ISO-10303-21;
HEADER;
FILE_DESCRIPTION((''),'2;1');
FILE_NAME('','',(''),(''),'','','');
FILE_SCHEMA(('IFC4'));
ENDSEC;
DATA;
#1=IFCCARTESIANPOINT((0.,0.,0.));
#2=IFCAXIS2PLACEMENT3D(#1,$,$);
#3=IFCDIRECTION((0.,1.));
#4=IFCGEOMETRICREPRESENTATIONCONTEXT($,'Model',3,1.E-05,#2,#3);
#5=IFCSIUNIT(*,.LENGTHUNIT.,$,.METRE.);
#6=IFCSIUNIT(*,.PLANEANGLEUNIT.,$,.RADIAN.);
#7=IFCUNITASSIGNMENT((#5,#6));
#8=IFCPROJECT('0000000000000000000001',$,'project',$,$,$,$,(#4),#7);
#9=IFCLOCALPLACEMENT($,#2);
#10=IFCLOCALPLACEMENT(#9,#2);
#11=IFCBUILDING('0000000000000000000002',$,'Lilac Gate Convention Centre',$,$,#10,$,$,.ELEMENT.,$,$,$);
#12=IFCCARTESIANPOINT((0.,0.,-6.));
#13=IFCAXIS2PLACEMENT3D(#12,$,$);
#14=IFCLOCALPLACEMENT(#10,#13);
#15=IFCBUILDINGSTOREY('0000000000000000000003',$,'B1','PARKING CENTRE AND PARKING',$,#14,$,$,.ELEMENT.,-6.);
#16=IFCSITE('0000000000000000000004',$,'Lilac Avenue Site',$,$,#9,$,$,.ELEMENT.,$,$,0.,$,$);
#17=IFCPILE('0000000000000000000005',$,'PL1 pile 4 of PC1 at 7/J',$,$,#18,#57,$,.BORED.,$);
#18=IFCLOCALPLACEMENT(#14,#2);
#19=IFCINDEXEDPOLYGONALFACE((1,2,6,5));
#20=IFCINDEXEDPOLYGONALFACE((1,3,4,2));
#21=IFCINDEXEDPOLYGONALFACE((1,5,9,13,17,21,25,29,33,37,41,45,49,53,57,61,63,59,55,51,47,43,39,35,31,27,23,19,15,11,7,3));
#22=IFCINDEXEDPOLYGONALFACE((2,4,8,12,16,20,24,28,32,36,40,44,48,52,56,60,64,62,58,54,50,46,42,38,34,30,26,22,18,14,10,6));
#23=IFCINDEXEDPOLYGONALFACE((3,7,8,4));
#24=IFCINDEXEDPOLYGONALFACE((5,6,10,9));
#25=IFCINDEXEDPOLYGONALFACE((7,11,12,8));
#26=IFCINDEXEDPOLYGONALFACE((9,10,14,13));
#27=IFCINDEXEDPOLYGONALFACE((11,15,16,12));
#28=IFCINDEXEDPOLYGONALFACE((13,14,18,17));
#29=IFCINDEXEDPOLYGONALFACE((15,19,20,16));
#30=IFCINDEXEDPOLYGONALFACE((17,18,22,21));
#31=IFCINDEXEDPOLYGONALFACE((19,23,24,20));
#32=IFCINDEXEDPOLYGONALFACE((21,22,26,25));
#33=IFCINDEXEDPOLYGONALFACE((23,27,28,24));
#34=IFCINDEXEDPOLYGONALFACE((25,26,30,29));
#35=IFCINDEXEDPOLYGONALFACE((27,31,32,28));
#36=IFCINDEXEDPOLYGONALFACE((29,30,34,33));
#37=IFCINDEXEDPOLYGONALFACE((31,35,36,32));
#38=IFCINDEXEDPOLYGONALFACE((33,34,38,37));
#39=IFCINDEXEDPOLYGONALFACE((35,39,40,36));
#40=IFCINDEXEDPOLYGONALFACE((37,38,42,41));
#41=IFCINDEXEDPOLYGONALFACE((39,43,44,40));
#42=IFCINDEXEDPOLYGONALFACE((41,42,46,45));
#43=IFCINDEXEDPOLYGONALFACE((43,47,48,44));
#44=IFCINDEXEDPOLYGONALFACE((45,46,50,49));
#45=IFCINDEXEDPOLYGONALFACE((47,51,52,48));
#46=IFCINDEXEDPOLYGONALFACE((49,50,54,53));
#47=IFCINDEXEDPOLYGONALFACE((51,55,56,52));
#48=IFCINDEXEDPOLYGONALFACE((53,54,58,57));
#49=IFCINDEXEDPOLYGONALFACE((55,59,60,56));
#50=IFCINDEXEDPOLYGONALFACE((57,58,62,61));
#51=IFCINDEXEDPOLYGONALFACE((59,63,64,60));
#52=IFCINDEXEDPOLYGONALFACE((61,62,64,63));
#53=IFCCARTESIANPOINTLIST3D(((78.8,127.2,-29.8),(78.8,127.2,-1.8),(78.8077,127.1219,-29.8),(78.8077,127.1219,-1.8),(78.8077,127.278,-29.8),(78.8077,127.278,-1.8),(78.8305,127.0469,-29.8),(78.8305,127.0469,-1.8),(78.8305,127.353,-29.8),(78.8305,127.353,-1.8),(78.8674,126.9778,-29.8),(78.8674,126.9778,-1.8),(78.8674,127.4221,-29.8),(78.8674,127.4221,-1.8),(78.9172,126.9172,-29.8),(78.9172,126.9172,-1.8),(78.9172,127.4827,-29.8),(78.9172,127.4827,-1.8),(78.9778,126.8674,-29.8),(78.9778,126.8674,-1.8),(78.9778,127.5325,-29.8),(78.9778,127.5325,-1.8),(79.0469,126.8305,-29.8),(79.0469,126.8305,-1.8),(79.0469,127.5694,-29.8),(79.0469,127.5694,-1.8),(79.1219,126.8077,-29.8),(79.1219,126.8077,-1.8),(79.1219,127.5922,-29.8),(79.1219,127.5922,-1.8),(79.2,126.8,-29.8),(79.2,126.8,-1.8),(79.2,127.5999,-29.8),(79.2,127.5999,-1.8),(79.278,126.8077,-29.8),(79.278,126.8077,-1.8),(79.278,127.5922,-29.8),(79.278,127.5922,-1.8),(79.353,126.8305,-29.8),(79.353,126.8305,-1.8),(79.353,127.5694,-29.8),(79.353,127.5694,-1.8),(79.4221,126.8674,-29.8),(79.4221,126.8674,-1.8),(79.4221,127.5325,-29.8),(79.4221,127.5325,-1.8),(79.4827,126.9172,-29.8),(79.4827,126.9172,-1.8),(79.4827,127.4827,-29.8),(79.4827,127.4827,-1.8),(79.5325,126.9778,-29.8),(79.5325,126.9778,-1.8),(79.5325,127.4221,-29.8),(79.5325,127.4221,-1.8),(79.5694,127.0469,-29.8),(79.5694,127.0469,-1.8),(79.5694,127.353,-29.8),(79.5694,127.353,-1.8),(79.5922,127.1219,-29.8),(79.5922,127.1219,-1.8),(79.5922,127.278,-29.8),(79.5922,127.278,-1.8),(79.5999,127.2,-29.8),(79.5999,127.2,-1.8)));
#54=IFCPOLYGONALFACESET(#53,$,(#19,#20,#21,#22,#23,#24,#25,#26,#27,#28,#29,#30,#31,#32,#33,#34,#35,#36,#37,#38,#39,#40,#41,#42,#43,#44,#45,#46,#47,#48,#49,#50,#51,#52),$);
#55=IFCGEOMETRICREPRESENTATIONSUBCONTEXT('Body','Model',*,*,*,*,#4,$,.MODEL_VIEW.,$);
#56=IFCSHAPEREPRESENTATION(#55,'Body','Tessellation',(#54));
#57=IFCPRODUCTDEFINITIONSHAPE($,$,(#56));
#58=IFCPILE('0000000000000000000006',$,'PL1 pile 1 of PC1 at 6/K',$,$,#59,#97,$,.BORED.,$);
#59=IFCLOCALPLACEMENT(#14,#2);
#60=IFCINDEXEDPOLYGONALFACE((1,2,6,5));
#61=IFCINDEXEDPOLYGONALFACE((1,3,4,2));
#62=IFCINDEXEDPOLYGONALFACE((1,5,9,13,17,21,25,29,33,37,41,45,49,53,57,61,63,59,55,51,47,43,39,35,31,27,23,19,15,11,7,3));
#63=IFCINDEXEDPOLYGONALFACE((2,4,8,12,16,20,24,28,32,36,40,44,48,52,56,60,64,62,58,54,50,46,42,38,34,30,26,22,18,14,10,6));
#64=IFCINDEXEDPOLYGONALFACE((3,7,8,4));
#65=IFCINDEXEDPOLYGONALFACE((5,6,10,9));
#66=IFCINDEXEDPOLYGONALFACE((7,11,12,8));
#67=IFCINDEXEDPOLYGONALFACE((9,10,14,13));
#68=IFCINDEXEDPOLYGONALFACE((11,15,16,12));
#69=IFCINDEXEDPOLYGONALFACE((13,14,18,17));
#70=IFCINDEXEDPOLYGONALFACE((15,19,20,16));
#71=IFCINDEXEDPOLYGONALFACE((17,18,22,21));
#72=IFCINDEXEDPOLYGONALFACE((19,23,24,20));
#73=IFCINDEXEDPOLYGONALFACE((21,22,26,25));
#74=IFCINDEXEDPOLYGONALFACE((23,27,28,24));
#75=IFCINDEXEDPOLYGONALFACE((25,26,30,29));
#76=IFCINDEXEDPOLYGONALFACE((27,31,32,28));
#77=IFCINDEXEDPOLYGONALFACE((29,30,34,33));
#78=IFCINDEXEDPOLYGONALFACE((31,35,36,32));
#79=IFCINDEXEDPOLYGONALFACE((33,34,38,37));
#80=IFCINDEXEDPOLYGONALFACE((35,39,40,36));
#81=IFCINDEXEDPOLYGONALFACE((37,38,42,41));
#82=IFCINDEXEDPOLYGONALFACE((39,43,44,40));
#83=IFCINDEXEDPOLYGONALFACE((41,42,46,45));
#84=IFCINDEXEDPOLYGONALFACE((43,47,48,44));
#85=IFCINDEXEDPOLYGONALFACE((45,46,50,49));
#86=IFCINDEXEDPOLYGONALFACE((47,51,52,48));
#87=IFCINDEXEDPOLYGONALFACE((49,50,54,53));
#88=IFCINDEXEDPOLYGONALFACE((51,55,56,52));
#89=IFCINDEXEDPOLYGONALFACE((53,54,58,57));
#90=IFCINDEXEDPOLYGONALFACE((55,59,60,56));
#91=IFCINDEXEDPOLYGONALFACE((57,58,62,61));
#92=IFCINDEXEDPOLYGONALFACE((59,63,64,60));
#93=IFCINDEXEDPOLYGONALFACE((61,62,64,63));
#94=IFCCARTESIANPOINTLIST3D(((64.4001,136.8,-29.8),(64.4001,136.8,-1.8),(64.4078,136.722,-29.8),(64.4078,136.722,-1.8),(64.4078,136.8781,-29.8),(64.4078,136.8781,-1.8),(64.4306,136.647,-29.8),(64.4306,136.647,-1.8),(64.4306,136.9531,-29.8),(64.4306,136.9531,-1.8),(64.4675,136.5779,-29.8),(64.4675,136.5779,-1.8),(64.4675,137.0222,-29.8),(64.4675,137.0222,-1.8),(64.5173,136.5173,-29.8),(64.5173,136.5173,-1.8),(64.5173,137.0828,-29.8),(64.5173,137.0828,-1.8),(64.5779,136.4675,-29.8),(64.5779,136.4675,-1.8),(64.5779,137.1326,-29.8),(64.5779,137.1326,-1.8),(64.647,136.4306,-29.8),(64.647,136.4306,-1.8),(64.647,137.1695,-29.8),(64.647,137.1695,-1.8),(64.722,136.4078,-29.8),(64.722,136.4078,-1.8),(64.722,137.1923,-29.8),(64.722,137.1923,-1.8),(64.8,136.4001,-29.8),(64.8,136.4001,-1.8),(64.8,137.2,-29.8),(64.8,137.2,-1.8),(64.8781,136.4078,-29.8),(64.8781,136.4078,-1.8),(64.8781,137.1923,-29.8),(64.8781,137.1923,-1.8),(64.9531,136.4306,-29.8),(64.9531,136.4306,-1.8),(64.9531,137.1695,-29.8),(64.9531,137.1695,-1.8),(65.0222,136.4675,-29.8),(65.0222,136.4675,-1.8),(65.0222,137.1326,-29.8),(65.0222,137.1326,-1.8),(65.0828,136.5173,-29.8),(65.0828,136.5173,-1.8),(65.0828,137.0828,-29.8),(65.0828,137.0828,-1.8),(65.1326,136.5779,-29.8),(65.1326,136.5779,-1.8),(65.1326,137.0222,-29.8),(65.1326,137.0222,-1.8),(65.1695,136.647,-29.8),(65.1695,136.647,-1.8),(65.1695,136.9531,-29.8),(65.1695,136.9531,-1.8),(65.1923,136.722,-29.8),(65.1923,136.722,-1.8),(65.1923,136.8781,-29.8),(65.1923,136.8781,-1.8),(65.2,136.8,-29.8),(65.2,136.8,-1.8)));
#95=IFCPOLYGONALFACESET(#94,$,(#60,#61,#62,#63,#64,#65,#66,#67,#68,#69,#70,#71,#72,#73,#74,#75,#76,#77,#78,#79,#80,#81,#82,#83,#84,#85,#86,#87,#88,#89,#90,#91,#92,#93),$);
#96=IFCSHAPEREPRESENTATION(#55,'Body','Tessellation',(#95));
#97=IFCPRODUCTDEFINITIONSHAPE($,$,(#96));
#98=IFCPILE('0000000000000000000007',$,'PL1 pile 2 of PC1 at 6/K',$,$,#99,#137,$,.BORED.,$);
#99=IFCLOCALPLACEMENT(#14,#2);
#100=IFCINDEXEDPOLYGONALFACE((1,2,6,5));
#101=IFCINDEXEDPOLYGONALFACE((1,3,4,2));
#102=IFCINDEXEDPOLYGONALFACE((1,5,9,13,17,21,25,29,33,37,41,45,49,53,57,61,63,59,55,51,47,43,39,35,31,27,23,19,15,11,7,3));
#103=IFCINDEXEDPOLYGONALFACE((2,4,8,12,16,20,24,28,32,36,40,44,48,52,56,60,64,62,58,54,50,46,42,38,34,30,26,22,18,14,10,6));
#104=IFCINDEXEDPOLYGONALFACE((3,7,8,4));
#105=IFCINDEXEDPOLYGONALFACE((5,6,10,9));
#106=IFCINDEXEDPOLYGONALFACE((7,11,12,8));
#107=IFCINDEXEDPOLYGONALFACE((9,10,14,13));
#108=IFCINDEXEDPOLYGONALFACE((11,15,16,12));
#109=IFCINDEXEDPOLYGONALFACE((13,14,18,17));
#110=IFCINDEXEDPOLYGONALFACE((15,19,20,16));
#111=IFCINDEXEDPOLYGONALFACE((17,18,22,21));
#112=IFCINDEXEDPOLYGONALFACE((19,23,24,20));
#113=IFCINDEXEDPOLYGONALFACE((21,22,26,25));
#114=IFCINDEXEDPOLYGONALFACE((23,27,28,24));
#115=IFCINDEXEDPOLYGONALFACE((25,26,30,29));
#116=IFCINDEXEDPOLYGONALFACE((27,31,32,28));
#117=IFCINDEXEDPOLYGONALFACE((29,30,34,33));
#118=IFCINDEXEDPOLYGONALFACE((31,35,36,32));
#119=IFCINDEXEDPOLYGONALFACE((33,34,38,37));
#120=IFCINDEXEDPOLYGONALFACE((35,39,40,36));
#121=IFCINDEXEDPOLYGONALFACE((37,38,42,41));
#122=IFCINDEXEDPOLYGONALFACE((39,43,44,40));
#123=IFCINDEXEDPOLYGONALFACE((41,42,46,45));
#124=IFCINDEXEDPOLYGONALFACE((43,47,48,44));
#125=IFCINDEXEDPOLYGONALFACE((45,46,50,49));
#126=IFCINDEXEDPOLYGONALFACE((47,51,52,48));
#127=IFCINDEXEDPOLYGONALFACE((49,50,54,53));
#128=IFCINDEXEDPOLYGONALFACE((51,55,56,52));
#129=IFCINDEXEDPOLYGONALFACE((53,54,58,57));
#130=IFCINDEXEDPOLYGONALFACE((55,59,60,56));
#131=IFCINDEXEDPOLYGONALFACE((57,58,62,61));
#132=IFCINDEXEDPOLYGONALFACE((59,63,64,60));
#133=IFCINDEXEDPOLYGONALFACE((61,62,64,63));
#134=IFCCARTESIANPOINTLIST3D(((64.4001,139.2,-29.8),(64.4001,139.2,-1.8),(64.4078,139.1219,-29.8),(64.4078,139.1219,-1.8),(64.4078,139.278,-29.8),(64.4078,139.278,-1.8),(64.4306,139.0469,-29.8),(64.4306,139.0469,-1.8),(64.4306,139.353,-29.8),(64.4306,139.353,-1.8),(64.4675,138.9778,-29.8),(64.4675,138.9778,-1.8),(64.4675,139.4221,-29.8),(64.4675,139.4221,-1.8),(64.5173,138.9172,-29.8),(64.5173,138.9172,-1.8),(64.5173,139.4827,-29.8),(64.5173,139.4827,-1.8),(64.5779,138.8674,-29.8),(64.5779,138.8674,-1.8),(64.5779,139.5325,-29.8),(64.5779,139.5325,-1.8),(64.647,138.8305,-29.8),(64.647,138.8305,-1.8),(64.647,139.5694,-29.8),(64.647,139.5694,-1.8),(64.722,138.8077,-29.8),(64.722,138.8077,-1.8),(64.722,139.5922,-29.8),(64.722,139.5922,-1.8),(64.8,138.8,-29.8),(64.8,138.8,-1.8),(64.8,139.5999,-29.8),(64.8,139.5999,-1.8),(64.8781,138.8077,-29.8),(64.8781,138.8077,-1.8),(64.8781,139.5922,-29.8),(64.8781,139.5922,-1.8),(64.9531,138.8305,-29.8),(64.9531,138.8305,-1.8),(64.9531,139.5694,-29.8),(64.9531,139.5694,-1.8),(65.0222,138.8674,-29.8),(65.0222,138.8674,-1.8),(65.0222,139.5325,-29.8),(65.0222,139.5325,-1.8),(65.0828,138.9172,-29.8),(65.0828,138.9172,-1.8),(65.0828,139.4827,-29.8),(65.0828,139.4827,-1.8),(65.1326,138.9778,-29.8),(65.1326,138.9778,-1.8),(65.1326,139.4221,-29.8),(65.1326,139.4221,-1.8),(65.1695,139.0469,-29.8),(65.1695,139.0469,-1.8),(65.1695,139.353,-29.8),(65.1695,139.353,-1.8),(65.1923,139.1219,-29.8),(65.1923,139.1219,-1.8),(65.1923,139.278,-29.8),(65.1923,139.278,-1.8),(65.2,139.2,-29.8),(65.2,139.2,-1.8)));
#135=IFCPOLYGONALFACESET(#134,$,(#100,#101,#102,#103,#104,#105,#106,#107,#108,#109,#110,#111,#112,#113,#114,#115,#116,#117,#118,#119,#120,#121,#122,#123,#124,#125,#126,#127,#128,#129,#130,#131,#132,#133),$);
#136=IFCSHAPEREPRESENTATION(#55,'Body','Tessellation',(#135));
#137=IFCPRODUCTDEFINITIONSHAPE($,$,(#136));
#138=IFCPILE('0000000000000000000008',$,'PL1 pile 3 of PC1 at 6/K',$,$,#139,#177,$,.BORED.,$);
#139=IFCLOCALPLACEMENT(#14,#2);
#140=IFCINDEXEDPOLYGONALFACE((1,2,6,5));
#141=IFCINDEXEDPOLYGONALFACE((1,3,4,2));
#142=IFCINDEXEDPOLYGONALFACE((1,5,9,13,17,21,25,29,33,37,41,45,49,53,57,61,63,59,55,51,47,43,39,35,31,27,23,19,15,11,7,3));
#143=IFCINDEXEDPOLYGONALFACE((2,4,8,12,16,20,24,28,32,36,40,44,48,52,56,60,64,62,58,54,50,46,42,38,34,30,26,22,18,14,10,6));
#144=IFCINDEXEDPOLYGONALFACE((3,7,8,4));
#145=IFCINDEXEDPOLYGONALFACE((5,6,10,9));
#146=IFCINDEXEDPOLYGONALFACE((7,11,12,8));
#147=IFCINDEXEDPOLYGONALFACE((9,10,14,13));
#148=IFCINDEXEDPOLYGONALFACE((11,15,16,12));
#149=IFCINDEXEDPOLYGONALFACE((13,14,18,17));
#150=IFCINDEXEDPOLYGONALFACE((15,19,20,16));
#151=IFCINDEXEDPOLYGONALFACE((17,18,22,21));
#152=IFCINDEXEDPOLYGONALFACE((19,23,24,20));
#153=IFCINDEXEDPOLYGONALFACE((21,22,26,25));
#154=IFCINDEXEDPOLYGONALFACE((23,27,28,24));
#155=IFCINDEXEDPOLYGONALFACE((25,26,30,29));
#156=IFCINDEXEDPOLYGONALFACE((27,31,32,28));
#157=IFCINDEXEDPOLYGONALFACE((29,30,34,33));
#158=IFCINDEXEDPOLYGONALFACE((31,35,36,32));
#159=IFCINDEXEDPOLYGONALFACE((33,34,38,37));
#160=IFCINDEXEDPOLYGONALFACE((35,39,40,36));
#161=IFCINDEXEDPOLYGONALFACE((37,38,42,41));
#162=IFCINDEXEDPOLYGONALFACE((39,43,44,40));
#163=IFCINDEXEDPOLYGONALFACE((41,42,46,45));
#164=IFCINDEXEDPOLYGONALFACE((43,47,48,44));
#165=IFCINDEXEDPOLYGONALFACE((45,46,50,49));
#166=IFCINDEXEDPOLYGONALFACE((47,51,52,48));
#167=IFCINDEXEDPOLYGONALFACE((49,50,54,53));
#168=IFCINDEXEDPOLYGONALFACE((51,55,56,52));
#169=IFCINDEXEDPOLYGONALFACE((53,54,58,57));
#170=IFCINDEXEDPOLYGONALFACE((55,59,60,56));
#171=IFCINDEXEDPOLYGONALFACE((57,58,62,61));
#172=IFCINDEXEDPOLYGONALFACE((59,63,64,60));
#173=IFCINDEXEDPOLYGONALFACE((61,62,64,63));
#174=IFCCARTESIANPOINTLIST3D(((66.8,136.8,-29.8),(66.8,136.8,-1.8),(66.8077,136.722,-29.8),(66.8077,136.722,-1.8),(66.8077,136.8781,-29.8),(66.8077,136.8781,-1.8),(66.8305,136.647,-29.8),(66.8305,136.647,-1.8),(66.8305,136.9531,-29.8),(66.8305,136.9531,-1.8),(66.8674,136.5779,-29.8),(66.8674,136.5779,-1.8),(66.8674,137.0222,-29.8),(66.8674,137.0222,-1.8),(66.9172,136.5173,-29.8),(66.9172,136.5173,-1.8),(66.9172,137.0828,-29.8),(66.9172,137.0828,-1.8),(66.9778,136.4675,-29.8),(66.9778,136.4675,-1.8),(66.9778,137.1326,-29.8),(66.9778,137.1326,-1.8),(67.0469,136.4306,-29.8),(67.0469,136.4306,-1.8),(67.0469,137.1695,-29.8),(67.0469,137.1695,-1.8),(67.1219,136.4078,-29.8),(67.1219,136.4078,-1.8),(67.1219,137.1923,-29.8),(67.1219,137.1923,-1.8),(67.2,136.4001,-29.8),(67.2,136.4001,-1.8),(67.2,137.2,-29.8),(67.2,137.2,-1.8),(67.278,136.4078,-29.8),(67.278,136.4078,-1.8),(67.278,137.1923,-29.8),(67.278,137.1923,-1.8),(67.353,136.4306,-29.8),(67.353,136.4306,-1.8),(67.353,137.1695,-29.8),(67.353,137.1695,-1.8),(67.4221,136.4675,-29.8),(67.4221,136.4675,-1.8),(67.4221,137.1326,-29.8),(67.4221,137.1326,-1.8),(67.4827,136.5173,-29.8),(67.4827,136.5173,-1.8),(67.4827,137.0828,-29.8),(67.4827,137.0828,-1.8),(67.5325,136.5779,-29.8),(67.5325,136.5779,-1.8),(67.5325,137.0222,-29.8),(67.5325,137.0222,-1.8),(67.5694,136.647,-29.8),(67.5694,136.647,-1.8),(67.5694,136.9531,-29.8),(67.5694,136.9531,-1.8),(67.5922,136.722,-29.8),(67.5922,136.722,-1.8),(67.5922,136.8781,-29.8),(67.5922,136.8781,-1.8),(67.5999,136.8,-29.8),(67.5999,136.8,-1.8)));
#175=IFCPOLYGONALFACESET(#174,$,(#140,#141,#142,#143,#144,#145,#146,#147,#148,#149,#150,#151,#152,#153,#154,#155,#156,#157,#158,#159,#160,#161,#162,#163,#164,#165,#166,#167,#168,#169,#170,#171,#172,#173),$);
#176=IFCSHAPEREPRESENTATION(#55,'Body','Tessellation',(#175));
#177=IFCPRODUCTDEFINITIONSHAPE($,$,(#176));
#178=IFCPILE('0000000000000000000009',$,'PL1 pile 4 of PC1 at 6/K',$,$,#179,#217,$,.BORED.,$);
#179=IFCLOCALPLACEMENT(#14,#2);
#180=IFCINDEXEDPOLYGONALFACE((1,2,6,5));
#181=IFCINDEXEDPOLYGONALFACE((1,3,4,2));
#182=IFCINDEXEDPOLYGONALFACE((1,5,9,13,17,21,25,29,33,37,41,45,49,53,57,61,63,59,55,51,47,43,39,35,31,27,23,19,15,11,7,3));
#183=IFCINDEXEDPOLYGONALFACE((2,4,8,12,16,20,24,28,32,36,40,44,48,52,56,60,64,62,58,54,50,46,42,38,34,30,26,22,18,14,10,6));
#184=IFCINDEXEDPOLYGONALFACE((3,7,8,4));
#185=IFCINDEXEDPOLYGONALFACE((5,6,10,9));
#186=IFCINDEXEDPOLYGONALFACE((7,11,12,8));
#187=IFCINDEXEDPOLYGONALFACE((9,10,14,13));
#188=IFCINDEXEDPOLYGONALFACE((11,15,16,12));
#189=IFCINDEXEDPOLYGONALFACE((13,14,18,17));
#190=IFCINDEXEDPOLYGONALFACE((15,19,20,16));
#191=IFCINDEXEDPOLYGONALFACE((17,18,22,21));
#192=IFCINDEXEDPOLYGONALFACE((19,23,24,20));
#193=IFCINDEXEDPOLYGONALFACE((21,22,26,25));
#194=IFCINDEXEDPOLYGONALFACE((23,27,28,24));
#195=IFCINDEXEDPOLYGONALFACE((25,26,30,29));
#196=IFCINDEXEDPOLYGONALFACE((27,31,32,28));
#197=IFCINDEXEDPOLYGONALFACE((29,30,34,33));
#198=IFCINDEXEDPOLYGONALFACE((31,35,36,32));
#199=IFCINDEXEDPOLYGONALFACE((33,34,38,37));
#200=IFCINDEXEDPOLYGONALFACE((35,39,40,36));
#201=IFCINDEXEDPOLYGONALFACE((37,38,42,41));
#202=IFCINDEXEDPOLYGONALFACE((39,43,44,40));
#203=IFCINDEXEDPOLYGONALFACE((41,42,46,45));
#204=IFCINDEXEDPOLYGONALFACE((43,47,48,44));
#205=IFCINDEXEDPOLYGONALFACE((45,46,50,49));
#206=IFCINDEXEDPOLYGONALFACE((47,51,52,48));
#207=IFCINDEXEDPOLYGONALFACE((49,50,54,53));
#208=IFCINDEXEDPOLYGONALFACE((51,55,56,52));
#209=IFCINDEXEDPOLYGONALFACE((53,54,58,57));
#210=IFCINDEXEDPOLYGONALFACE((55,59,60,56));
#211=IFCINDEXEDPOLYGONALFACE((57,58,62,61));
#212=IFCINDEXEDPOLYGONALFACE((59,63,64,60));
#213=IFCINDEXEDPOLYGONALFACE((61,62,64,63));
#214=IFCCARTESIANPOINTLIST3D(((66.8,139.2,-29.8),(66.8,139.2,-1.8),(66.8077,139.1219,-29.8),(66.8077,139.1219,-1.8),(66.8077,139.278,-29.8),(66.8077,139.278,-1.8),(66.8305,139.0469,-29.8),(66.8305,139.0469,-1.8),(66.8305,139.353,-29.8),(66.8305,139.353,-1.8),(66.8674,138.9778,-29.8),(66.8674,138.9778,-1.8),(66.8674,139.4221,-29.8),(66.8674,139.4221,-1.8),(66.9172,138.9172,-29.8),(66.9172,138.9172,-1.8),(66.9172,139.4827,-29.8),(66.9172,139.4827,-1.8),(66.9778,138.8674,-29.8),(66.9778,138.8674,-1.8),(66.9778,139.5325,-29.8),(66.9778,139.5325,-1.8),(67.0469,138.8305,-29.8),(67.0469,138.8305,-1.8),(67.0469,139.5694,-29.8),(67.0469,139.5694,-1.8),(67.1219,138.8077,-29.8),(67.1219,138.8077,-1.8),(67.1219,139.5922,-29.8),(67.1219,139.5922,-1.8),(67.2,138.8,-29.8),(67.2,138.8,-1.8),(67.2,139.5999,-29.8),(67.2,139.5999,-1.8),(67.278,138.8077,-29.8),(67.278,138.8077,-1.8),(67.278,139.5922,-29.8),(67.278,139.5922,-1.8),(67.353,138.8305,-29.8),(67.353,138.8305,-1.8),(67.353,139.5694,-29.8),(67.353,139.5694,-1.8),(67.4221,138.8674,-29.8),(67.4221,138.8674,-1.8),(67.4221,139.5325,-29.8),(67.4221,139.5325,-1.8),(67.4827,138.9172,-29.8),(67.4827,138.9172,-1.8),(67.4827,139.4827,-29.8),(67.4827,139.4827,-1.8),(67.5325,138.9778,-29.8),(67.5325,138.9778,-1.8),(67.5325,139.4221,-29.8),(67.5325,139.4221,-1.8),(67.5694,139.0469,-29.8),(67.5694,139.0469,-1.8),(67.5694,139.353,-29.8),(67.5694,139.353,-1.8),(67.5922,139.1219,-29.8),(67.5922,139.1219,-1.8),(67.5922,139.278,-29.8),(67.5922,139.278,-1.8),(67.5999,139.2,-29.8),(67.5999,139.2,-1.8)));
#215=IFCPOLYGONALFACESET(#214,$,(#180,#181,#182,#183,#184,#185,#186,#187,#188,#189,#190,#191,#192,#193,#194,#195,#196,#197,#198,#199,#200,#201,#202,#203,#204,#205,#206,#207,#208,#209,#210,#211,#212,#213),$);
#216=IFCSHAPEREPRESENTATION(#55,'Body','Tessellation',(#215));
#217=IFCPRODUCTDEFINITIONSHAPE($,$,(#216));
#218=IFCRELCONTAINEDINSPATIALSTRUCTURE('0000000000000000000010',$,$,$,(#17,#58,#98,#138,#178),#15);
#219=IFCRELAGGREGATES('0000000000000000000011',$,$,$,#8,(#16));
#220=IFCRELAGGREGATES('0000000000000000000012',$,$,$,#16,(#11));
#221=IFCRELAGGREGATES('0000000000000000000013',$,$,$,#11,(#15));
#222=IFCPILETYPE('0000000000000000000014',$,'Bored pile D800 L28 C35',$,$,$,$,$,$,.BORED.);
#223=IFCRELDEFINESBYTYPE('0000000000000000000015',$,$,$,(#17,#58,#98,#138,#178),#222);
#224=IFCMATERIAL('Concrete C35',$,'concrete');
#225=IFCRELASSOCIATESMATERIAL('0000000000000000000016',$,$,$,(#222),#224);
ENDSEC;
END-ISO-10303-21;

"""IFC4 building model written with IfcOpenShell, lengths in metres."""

from ifc_helpers import new_model, si_unit, direction, frame, origin, origin_2d, place, context, subcontext, project, spatial, circle, extrude, material, material_profile, profile_set, type_object, element, save


model = new_model("IFC4")

# Units and contexts
model_context = context("Model", 3, precision=1e-05, world=origin(), true_north=direction((0.0, 1.0)))
body_context = subcontext(model_context, "Body", "Model", "MODEL_VIEW")
ifc_project = project(units=[si_unit("LENGTHUNIT", "METRE"), si_unit("PLANEANGLEUNIT", "RADIAN")], contexts=[model_context])

# Site, building, storey
site_placement = place(None, origin())
site = spatial("IfcSite", under=ifc_project, at=site_placement, Name="Lilac Avenue Site", CompositionType="ELEMENT", RefElevation=0.0)
building_placement = place(site_placement, origin())
building = spatial("IfcBuilding", under=site, at=building_placement, Name="Lilac Gate Convention Centre", CompositionType="ELEMENT")
storey_placement = place(building_placement, frame((0.0, 0.0, -6.0)))
storey = spatial("IfcBuildingStorey", under=building, at=storey_placement, Name="B1", Description="PARKING CENTRE AND PARKING", CompositionType="ELEMENT", Elevation=-6.0)

# Piles
ifc_material_1 = material(Name="Concrete C35", Category="concrete")
ifc_material_profile_1 = material_profile(ifc_material_1, circle(Radius=0.3999, at=origin_2d()), Name="D800")
ifc_profile_set_1 = profile_set([ifc_material_profile_1], Name="Concrete C35")
pile_type = type_object("IfcPileType", Name="Bored pile D800 L28 C35", PredefinedType="BORED", material=ifc_profile_set_1)
for number, where, z_axis, x_axis, name in (
    (1, (79.2, 127.2, -1.8), (0.0, 0.0, -1.0), (1.0, 0.0, 0.0), "PL1 pile 4 of PC1 at 7/J"),
    (2, (64.8, 136.8, -1.8), (0.0, 0.0, -1.0), (1.0, 0.0, 0.0), "PL1 pile 1 of PC1 at 6/K"),
    (3, (64.8, 139.2, -1.8), (0.0, 0.0, -1.0), (1.0, 0.0, 0.0), "PL1 pile 2 of PC1 at 6/K"),
    (4, (67.2, 136.8, -1.8), (0.0, 0.0, -1.0), (1.0, 0.0, 0.0), "PL1 pile 3 of PC1 at 6/K"),
    (5, (67.2, 139.2, -1.8), (0.0, 0.0, -1.0), (1.0, 0.0, 0.0), "PL1 pile 4 of PC1 at 6/K"),
):
    element("IfcPile", number, at=place(storey_placement, frame(where, z_axis=z_axis, x_axis=x_axis)), inside=storey, type_object=pile_type, Name=name, PredefinedType="BORED", context=body_context, shape_type="SweptSolid", body=[
        extrude(circle(Radius=0.3999, at=origin_2d()), origin(), (0.0, 0.0, 1.0), 28.0),
    ])

save(model, "model.ifc")
